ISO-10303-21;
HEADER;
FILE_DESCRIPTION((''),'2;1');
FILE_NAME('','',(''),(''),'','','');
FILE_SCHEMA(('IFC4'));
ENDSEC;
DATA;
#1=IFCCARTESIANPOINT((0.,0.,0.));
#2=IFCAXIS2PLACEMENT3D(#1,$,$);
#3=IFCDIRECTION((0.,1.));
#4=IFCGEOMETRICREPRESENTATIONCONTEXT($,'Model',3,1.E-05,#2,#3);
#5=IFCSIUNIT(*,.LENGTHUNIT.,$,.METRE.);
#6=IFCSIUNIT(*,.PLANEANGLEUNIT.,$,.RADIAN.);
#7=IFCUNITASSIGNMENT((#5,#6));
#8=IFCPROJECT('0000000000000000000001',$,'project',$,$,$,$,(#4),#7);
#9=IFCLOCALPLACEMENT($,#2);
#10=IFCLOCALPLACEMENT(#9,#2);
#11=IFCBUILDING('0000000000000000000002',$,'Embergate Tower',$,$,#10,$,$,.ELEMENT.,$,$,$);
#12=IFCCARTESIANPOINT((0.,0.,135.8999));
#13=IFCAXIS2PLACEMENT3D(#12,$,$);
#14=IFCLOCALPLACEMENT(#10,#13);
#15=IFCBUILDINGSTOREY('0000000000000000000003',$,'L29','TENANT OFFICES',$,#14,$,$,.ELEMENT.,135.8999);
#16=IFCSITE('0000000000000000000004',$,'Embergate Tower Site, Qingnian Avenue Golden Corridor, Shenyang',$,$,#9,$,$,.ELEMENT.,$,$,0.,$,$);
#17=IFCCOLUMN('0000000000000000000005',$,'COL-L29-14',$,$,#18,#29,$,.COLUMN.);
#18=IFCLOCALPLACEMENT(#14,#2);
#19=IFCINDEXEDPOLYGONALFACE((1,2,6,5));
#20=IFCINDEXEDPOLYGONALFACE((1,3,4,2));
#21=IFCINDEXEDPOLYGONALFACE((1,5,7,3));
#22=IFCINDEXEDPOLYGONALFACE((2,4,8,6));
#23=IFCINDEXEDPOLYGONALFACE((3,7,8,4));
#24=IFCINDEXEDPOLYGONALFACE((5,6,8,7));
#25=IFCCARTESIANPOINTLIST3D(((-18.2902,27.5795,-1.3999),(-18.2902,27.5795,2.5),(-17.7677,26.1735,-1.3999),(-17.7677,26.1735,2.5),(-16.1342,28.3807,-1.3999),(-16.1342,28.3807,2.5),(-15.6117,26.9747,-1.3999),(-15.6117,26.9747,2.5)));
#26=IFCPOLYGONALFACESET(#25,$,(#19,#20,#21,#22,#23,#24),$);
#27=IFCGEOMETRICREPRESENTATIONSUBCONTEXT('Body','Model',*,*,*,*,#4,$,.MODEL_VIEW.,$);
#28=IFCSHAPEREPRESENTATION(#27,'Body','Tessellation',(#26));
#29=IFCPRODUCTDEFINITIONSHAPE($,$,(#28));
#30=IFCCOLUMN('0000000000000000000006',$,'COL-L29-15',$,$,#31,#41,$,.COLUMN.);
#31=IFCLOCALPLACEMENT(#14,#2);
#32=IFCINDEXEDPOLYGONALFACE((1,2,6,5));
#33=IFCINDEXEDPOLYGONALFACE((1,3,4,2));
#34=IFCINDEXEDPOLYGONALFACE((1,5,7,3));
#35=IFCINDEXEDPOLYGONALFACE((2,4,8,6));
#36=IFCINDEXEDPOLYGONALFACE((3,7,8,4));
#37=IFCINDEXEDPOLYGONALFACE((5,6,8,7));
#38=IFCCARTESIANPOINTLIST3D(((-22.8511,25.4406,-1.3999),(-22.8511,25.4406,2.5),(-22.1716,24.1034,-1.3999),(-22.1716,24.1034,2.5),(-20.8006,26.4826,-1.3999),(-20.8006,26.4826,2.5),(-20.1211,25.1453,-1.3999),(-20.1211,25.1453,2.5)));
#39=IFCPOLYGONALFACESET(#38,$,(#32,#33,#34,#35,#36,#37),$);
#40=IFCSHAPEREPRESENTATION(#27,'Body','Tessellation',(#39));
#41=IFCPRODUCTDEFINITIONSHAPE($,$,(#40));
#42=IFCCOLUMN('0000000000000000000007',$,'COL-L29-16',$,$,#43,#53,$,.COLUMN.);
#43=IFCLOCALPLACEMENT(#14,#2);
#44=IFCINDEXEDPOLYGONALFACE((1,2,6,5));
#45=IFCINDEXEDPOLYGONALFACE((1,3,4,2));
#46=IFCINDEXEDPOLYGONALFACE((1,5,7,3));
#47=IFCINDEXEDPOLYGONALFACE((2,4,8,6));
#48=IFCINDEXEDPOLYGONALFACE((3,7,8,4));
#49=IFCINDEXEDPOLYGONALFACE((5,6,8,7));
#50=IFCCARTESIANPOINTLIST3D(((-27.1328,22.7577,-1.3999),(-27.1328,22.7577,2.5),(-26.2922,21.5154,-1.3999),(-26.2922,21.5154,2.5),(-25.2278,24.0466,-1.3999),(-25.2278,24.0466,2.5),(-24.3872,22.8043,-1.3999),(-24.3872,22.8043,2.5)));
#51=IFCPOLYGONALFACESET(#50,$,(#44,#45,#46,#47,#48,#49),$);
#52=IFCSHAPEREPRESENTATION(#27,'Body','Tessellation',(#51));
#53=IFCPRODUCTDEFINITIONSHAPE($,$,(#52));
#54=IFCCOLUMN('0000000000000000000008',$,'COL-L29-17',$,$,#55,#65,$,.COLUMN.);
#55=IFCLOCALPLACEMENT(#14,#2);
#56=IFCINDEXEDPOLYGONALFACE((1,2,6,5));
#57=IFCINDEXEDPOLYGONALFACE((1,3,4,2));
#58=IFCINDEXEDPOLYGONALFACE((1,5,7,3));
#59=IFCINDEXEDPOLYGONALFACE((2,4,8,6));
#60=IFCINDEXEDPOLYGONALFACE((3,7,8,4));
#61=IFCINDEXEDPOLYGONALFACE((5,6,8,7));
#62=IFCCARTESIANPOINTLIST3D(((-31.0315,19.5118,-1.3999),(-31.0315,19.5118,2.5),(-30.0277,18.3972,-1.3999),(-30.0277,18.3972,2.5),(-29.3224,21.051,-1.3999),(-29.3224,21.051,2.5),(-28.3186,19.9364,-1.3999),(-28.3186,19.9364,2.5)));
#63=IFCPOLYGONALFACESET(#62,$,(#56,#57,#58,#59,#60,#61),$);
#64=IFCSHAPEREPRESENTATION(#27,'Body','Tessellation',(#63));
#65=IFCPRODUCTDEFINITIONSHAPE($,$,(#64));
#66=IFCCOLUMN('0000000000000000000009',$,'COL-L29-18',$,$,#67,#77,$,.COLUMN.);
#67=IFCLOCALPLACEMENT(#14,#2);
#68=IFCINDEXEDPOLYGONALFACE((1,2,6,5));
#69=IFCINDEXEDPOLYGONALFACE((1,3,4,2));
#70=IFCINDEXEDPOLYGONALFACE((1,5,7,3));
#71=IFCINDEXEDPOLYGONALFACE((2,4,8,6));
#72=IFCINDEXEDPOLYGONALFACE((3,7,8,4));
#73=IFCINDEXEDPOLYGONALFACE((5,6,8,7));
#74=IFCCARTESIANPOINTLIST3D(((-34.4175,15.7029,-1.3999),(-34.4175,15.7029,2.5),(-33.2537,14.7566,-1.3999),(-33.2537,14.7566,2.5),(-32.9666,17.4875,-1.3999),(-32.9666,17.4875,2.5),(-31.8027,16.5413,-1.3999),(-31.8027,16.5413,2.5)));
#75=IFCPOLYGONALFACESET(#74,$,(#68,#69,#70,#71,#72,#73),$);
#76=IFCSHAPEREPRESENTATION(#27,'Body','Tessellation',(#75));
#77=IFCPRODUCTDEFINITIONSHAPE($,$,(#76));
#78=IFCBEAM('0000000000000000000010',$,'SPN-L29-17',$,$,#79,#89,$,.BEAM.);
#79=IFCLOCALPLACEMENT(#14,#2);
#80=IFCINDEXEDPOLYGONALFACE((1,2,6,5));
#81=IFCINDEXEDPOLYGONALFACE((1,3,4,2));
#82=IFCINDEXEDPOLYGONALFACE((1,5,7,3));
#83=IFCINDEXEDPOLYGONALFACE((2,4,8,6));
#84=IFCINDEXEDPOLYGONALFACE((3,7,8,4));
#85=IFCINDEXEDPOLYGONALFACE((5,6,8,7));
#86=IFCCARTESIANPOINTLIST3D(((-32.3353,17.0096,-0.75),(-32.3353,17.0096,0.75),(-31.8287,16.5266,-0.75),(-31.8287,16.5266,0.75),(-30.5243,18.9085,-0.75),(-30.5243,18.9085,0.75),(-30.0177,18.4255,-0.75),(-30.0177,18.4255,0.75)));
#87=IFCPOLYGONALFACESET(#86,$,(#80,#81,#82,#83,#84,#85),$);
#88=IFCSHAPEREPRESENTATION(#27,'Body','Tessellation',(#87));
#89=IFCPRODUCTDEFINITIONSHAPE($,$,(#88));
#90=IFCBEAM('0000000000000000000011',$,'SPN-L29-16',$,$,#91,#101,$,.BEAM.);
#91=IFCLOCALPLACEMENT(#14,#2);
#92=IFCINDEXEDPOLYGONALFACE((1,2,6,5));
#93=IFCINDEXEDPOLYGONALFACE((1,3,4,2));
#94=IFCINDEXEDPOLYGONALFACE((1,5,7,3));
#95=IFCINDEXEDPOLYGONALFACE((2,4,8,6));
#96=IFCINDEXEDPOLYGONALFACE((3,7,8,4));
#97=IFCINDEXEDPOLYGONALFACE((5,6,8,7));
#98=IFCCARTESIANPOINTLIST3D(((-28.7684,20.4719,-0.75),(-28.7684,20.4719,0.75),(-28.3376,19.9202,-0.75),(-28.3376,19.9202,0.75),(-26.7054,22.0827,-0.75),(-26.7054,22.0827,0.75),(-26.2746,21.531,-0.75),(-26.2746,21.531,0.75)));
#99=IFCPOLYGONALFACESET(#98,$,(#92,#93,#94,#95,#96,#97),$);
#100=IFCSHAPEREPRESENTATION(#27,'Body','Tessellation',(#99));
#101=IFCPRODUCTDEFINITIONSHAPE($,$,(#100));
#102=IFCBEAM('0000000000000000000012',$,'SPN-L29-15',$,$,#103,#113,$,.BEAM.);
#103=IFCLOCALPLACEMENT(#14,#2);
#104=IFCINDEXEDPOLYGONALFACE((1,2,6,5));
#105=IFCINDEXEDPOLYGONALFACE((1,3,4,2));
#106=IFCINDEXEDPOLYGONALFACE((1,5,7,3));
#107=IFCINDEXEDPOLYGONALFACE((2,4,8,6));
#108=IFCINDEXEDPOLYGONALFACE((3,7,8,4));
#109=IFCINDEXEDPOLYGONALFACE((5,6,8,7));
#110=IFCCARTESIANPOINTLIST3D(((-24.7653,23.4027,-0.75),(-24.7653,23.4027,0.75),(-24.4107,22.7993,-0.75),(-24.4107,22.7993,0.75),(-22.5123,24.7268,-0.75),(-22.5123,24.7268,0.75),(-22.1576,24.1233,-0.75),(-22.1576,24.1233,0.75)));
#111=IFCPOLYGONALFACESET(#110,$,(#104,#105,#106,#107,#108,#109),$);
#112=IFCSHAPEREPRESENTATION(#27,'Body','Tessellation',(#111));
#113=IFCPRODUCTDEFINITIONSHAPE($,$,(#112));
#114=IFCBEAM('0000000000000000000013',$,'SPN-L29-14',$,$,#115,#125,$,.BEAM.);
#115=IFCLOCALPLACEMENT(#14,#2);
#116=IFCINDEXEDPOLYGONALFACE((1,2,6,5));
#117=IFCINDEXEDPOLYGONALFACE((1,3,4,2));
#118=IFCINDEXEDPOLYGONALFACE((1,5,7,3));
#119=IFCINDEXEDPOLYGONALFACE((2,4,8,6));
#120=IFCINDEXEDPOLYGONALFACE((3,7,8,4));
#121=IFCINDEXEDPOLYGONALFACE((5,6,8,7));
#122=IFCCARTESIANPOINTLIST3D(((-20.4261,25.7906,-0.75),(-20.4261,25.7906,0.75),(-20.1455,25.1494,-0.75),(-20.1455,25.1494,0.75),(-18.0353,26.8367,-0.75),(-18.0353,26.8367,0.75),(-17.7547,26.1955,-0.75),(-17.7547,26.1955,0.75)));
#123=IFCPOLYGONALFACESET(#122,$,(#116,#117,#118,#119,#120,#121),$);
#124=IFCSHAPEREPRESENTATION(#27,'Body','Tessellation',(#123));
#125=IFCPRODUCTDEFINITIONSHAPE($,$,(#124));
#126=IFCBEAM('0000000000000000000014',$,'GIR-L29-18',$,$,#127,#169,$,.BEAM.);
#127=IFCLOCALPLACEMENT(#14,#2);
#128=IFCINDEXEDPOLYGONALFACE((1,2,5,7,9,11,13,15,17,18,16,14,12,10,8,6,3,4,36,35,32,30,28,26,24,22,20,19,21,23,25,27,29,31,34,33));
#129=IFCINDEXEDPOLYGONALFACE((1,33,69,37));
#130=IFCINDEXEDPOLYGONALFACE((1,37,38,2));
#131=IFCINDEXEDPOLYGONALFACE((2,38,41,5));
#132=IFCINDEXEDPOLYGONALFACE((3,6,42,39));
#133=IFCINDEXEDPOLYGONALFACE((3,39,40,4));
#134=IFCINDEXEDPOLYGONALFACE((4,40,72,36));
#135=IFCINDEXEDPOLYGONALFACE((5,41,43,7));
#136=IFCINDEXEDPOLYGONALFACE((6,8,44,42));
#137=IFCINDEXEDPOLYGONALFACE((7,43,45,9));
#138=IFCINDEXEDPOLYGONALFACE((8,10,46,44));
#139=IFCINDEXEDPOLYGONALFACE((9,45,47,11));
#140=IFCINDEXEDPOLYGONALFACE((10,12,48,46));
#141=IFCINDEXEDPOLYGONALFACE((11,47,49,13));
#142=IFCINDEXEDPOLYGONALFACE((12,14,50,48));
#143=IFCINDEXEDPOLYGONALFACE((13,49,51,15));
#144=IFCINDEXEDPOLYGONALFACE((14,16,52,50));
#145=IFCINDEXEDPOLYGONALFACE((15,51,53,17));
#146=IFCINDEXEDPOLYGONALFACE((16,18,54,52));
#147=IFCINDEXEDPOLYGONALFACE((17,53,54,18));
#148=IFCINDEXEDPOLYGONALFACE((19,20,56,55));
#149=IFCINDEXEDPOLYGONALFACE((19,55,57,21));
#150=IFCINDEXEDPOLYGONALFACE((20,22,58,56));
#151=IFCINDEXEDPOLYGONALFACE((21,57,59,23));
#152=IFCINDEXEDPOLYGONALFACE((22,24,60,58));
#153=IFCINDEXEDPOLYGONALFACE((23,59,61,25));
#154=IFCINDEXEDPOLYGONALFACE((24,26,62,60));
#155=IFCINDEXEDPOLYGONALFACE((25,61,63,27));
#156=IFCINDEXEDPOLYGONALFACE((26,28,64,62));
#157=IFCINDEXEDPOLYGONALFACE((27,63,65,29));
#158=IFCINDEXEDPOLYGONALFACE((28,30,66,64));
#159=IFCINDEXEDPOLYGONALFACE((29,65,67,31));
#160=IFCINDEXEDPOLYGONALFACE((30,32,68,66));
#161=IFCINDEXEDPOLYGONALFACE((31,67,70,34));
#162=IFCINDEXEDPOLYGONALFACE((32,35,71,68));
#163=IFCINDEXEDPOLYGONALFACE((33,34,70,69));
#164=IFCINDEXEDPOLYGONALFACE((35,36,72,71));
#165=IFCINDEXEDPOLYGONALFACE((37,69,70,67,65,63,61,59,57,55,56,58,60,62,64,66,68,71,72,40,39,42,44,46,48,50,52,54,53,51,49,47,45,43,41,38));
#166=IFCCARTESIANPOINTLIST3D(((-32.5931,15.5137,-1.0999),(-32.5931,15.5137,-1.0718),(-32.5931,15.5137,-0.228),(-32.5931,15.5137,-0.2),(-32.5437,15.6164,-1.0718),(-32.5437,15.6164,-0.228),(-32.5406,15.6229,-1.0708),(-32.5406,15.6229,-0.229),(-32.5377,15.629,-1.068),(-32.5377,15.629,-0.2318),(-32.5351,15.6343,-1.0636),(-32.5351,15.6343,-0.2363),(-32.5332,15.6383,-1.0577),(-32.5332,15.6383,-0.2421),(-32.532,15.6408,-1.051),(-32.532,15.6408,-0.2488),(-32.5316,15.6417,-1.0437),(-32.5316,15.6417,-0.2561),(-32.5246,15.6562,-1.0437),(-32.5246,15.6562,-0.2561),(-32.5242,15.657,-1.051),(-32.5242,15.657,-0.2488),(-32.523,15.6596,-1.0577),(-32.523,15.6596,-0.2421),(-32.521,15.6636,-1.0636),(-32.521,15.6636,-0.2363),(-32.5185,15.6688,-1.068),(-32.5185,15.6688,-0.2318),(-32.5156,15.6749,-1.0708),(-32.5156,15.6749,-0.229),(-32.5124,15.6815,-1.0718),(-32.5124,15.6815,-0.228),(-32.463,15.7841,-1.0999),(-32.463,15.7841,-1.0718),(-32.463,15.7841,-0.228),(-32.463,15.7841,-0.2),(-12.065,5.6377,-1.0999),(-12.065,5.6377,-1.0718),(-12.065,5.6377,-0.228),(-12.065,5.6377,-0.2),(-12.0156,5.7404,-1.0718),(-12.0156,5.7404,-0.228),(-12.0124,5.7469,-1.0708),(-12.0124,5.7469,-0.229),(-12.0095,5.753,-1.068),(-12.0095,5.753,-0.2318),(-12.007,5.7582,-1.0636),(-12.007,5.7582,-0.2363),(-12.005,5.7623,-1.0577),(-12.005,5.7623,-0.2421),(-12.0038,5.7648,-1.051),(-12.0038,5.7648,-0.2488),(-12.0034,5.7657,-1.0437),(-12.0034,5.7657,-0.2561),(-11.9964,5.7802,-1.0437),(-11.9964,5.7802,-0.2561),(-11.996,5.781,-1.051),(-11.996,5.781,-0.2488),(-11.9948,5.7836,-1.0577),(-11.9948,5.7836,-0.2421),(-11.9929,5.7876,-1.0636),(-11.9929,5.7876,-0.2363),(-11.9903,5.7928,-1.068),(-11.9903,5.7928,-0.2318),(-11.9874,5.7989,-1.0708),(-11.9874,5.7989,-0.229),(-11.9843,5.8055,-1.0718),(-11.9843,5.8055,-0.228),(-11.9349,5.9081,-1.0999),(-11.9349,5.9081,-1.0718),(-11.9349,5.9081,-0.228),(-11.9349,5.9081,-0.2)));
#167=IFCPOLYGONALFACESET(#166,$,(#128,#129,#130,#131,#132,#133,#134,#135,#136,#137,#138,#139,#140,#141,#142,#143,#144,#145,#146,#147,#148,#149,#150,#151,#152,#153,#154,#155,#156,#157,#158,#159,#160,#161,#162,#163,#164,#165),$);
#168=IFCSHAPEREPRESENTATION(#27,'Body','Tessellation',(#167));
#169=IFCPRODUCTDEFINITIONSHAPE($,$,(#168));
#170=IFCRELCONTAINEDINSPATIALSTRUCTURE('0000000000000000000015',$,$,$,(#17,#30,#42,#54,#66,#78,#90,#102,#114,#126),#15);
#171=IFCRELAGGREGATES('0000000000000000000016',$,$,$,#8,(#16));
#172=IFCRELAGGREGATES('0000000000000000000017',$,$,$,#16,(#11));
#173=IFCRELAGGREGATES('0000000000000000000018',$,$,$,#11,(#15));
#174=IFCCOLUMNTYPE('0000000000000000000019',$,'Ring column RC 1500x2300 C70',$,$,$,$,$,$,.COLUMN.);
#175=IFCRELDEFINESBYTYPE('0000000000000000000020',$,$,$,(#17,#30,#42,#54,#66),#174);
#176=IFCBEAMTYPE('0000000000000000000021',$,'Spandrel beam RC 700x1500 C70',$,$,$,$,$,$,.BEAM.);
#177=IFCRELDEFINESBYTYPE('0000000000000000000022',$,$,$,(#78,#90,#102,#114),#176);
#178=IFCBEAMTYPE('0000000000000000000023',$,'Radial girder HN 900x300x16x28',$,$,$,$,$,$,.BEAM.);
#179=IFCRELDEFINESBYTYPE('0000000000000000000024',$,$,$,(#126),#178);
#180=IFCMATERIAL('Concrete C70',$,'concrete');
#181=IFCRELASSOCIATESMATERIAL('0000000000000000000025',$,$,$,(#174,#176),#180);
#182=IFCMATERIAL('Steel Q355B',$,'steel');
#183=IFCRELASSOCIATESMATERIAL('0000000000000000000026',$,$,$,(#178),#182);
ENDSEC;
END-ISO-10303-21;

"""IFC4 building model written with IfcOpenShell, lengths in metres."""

from ifc_helpers import new_model, si_unit, direction, frame, origin, origin_2d, place, context, subcontext, project, spatial, rectangle, i_section, extrude, source, transform, mapped, material, material_profile, profile_set, type_object, element, save


model = new_model("IFC4")

# Units and contexts
model_context = context("Model", 3, precision=1e-05, world=origin(), true_north=direction((0.0, 1.0)))
body_context = subcontext(model_context, "Body", "Model", "MODEL_VIEW")
ifc_project = project(units=[si_unit("LENGTHUNIT", "METRE"), si_unit("PLANEANGLEUNIT", "RADIAN")], contexts=[model_context])

# Site, building, storey
site_placement = place(None, origin())
site = spatial("IfcSite", under=ifc_project, at=site_placement, Name="Embergate Tower Site, Qingnian Avenue Golden Corridor, Shenyang", CompositionType="ELEMENT", RefElevation=0.0)
building_placement = place(site_placement, origin())
building = spatial("IfcBuilding", under=site, at=building_placement, Name="Embergate Tower", CompositionType="ELEMENT")
storey_placement = place(building_placement, frame((0.0, 0.0, 135.8999)))
storey = spatial("IfcBuildingStorey", under=building, at=storey_placement, Name="L29", Description="TENANT OFFICES", CompositionType="ELEMENT", Elevation=135.8999)

# Columns
ifc_material_1 = material(Name="Concrete C70", Category="concrete")
ifc_material_profile_1 = material_profile(ifc_material_1, rectangle(XDim=1.5, YDim=2.3, at=origin_2d()), Name="RC 1500x2300")
ifc_profile_set_1 = profile_set([ifc_material_profile_1], Name="Concrete C70")
column_type = type_object("IfcColumnType", Name="Ring column RC 1500x2300 C70", PredefinedType="COLUMN", material=ifc_profile_set_1)
shared_shape_1 = source(origin(), body_context, "Body", "SweptSolid", [
    extrude(rectangle(XDim=1.5, YDim=2.3, at=origin_2d()), origin(), (0.0, 0.0, 1.0), 3.8999),
])
for number, where, z_axis, x_axis, name in (
    (1, (-16.9509, 27.2771, -1.3999), (0.0, 0.0, 1.0), (-0.348343, 0.937367, 0.0), "COL-L29-14"),
    (2, (-21.4861, 25.293, -1.3999), (0.0, 0.0, 1.0), (-0.452995, 0.891513, 0.0), "COL-L29-15"),
    (3, (-25.76, 22.781, -1.3999), (0.0, 0.0, 1.0), (-0.560393, 0.828227, 0.0), "COL-L29-16"),
    (4, (-29.675, 19.7241, -1.3999), (0.0, 0.0, 1.0), (-0.669208, 0.743075, 0.0), "COL-L29-17"),
    (5, (-33.1101, 16.1221, -1.3999), (0.0, 0.0, 1.0), (-0.775914, 0.630838, 0.0), "COL-L29-18"),
):
    element("IfcColumn", number, at=place(storey_placement, frame(where, z_axis=z_axis, x_axis=x_axis)), inside=storey, type_object=column_type, Name=name, PredefinedType="COLUMN", context=body_context, shape_type="MappedRepresentation", body=[
        mapped(shared_shape_1, transform((0.0, 0.0, 0.0))),
    ])

# Beams
ifc_material_profile_2 = material_profile(ifc_material_1, rectangle(XDim=0.7, YDim=1.5, at=origin_2d()), Name="RC 700x1500")
ifc_profile_set_2 = profile_set([ifc_material_profile_2], Name="Concrete C70")
beam_type_1 = type_object("IfcBeamType", Name="Spandrel beam RC 700x1500 C70", PredefinedType="BEAM", material=ifc_profile_set_2)
shared_shape_2 = source(origin(), body_context, "Body", "SweptSolid", [
    extrude(rectangle(XDim=0.7, YDim=1.5, at=origin_2d()), origin(), (0.0, 0.0, 1.0), 2.624),
])
beam_1_placement = place(storey_placement, frame((-30.271, 18.667, 0.0), z_axis=(-0.690161, -0.723655, 0.0), x_axis=(0.723655, -0.690161, 0.0)))
element("IfcBeam", 6, at=beam_1_placement, inside=storey, type_object=beam_type_1, Name="SPN-L29-17", PredefinedType="BEAM", context=body_context, shape_type="MappedRepresentation", body=[
    mapped(shared_shape_2, transform((0.0, 0.0, 0.0))),
])
shared_shape_3 = source(origin(), body_context, "Body", "SweptSolid", [
    extrude(rectangle(XDim=0.7, YDim=1.5, at=origin_2d()), origin(), (0.0, 0.0, 1.0), 2.6174),
])
beam_2_placement = place(storey_placement, frame((-26.49, 21.8069, 0.0), z_axis=(-0.788186, -0.615438, 0.0), x_axis=(0.615438, -0.788186, 0.0)))
element("IfcBeam", 7, at=beam_2_placement, inside=storey, type_object=beam_type_1, Name="SPN-L29-16", PredefinedType="BEAM", context=body_context, shape_type="MappedRepresentation", body=[
    mapped(shared_shape_3, transform((0.0, 0.0, 0.0))),
])
shared_shape_4 = source(origin(), body_context, "Body", "SweptSolid", [
    extrude(rectangle(XDim=0.7, YDim=1.5, at=origin_2d()), origin(), (0.0, 0.0, 1.0), 2.6133),
])
beam_3_placement = place(storey_placement, frame((-22.335, 24.425, 0.0), z_axis=(-0.862148, -0.506657, 0.0), x_axis=(0.506657, -0.862148, 0.0)))
element("IfcBeam", 8, at=beam_3_placement, inside=storey, type_object=beam_type_1, Name="SPN-L29-15", PredefinedType="BEAM", context=body_context, shape_type="MappedRepresentation", body=[
    mapped(shared_shape_4, transform((0.0, 0.0, 0.0))),
])
shared_shape_5 = source(origin(), body_context, "Body", "SweptSolid", [
    extrude(rectangle(XDim=0.7, YDim=1.5, at=origin_2d()), origin(), (0.0, 0.0, 1.0), 2.6096),
])
beam_4_placement = place(storey_placement, frame((-17.895, 26.5161, 0.0), z_axis=(-0.916138, -0.400863, 0.0), x_axis=(0.400863, -0.916138, 0.0)))
element("IfcBeam", 9, at=beam_4_placement, inside=storey, type_object=beam_type_1, Name="SPN-L29-14", PredefinedType="BEAM", context=body_context, shape_type="MappedRepresentation", body=[
    mapped(shared_shape_5, transform((0.0, 0.0, 0.0))),
])
ifc_material_2 = material(Name="Steel Q355B", Category="steel")
ifc_material_profile_3 = material_profile(ifc_material_2, i_section(OverallWidth=0.3, OverallDepth=0.8999, WebThickness=0.0161, FlangeThickness=0.0281, FilletRadius=0.0281, at=origin_2d()), Name="HN 900x300x16x28")
ifc_profile_set_3 = profile_set([ifc_material_profile_3], Name="Steel Q355 grade B")
beam_type_2 = type_object("IfcBeamType", Name="Radial girder HN 900x300x16x28", PredefinedType="BEAM", material=ifc_profile_set_3)
shared_shape_6 = source(origin(), body_context, "Body", "SweptSolid", [
    extrude(i_section(OverallWidth=0.3, OverallDepth=0.8999, WebThickness=0.0161, FlangeThickness=0.0281, FilletRadius=0.0281, at=origin_2d()), origin(), (0.0, 0.0, 1.0), 22.7803),
])
beam_5_placement = place(storey_placement, frame((-32.5281, 15.6489, -0.6499), z_axis=(0.901137, -0.433534, 0.0), x_axis=(0.433534, 0.901137, 0.0)))
element("IfcBeam", 10, at=beam_5_placement, inside=storey, type_object=beam_type_2, Name="GIR-L29-18", PredefinedType="BEAM", context=body_context, shape_type="MappedRepresentation", body=[
    mapped(shared_shape_6, transform((0.0, 0.0, 0.0))),
])

save(model, "model.ifc")
